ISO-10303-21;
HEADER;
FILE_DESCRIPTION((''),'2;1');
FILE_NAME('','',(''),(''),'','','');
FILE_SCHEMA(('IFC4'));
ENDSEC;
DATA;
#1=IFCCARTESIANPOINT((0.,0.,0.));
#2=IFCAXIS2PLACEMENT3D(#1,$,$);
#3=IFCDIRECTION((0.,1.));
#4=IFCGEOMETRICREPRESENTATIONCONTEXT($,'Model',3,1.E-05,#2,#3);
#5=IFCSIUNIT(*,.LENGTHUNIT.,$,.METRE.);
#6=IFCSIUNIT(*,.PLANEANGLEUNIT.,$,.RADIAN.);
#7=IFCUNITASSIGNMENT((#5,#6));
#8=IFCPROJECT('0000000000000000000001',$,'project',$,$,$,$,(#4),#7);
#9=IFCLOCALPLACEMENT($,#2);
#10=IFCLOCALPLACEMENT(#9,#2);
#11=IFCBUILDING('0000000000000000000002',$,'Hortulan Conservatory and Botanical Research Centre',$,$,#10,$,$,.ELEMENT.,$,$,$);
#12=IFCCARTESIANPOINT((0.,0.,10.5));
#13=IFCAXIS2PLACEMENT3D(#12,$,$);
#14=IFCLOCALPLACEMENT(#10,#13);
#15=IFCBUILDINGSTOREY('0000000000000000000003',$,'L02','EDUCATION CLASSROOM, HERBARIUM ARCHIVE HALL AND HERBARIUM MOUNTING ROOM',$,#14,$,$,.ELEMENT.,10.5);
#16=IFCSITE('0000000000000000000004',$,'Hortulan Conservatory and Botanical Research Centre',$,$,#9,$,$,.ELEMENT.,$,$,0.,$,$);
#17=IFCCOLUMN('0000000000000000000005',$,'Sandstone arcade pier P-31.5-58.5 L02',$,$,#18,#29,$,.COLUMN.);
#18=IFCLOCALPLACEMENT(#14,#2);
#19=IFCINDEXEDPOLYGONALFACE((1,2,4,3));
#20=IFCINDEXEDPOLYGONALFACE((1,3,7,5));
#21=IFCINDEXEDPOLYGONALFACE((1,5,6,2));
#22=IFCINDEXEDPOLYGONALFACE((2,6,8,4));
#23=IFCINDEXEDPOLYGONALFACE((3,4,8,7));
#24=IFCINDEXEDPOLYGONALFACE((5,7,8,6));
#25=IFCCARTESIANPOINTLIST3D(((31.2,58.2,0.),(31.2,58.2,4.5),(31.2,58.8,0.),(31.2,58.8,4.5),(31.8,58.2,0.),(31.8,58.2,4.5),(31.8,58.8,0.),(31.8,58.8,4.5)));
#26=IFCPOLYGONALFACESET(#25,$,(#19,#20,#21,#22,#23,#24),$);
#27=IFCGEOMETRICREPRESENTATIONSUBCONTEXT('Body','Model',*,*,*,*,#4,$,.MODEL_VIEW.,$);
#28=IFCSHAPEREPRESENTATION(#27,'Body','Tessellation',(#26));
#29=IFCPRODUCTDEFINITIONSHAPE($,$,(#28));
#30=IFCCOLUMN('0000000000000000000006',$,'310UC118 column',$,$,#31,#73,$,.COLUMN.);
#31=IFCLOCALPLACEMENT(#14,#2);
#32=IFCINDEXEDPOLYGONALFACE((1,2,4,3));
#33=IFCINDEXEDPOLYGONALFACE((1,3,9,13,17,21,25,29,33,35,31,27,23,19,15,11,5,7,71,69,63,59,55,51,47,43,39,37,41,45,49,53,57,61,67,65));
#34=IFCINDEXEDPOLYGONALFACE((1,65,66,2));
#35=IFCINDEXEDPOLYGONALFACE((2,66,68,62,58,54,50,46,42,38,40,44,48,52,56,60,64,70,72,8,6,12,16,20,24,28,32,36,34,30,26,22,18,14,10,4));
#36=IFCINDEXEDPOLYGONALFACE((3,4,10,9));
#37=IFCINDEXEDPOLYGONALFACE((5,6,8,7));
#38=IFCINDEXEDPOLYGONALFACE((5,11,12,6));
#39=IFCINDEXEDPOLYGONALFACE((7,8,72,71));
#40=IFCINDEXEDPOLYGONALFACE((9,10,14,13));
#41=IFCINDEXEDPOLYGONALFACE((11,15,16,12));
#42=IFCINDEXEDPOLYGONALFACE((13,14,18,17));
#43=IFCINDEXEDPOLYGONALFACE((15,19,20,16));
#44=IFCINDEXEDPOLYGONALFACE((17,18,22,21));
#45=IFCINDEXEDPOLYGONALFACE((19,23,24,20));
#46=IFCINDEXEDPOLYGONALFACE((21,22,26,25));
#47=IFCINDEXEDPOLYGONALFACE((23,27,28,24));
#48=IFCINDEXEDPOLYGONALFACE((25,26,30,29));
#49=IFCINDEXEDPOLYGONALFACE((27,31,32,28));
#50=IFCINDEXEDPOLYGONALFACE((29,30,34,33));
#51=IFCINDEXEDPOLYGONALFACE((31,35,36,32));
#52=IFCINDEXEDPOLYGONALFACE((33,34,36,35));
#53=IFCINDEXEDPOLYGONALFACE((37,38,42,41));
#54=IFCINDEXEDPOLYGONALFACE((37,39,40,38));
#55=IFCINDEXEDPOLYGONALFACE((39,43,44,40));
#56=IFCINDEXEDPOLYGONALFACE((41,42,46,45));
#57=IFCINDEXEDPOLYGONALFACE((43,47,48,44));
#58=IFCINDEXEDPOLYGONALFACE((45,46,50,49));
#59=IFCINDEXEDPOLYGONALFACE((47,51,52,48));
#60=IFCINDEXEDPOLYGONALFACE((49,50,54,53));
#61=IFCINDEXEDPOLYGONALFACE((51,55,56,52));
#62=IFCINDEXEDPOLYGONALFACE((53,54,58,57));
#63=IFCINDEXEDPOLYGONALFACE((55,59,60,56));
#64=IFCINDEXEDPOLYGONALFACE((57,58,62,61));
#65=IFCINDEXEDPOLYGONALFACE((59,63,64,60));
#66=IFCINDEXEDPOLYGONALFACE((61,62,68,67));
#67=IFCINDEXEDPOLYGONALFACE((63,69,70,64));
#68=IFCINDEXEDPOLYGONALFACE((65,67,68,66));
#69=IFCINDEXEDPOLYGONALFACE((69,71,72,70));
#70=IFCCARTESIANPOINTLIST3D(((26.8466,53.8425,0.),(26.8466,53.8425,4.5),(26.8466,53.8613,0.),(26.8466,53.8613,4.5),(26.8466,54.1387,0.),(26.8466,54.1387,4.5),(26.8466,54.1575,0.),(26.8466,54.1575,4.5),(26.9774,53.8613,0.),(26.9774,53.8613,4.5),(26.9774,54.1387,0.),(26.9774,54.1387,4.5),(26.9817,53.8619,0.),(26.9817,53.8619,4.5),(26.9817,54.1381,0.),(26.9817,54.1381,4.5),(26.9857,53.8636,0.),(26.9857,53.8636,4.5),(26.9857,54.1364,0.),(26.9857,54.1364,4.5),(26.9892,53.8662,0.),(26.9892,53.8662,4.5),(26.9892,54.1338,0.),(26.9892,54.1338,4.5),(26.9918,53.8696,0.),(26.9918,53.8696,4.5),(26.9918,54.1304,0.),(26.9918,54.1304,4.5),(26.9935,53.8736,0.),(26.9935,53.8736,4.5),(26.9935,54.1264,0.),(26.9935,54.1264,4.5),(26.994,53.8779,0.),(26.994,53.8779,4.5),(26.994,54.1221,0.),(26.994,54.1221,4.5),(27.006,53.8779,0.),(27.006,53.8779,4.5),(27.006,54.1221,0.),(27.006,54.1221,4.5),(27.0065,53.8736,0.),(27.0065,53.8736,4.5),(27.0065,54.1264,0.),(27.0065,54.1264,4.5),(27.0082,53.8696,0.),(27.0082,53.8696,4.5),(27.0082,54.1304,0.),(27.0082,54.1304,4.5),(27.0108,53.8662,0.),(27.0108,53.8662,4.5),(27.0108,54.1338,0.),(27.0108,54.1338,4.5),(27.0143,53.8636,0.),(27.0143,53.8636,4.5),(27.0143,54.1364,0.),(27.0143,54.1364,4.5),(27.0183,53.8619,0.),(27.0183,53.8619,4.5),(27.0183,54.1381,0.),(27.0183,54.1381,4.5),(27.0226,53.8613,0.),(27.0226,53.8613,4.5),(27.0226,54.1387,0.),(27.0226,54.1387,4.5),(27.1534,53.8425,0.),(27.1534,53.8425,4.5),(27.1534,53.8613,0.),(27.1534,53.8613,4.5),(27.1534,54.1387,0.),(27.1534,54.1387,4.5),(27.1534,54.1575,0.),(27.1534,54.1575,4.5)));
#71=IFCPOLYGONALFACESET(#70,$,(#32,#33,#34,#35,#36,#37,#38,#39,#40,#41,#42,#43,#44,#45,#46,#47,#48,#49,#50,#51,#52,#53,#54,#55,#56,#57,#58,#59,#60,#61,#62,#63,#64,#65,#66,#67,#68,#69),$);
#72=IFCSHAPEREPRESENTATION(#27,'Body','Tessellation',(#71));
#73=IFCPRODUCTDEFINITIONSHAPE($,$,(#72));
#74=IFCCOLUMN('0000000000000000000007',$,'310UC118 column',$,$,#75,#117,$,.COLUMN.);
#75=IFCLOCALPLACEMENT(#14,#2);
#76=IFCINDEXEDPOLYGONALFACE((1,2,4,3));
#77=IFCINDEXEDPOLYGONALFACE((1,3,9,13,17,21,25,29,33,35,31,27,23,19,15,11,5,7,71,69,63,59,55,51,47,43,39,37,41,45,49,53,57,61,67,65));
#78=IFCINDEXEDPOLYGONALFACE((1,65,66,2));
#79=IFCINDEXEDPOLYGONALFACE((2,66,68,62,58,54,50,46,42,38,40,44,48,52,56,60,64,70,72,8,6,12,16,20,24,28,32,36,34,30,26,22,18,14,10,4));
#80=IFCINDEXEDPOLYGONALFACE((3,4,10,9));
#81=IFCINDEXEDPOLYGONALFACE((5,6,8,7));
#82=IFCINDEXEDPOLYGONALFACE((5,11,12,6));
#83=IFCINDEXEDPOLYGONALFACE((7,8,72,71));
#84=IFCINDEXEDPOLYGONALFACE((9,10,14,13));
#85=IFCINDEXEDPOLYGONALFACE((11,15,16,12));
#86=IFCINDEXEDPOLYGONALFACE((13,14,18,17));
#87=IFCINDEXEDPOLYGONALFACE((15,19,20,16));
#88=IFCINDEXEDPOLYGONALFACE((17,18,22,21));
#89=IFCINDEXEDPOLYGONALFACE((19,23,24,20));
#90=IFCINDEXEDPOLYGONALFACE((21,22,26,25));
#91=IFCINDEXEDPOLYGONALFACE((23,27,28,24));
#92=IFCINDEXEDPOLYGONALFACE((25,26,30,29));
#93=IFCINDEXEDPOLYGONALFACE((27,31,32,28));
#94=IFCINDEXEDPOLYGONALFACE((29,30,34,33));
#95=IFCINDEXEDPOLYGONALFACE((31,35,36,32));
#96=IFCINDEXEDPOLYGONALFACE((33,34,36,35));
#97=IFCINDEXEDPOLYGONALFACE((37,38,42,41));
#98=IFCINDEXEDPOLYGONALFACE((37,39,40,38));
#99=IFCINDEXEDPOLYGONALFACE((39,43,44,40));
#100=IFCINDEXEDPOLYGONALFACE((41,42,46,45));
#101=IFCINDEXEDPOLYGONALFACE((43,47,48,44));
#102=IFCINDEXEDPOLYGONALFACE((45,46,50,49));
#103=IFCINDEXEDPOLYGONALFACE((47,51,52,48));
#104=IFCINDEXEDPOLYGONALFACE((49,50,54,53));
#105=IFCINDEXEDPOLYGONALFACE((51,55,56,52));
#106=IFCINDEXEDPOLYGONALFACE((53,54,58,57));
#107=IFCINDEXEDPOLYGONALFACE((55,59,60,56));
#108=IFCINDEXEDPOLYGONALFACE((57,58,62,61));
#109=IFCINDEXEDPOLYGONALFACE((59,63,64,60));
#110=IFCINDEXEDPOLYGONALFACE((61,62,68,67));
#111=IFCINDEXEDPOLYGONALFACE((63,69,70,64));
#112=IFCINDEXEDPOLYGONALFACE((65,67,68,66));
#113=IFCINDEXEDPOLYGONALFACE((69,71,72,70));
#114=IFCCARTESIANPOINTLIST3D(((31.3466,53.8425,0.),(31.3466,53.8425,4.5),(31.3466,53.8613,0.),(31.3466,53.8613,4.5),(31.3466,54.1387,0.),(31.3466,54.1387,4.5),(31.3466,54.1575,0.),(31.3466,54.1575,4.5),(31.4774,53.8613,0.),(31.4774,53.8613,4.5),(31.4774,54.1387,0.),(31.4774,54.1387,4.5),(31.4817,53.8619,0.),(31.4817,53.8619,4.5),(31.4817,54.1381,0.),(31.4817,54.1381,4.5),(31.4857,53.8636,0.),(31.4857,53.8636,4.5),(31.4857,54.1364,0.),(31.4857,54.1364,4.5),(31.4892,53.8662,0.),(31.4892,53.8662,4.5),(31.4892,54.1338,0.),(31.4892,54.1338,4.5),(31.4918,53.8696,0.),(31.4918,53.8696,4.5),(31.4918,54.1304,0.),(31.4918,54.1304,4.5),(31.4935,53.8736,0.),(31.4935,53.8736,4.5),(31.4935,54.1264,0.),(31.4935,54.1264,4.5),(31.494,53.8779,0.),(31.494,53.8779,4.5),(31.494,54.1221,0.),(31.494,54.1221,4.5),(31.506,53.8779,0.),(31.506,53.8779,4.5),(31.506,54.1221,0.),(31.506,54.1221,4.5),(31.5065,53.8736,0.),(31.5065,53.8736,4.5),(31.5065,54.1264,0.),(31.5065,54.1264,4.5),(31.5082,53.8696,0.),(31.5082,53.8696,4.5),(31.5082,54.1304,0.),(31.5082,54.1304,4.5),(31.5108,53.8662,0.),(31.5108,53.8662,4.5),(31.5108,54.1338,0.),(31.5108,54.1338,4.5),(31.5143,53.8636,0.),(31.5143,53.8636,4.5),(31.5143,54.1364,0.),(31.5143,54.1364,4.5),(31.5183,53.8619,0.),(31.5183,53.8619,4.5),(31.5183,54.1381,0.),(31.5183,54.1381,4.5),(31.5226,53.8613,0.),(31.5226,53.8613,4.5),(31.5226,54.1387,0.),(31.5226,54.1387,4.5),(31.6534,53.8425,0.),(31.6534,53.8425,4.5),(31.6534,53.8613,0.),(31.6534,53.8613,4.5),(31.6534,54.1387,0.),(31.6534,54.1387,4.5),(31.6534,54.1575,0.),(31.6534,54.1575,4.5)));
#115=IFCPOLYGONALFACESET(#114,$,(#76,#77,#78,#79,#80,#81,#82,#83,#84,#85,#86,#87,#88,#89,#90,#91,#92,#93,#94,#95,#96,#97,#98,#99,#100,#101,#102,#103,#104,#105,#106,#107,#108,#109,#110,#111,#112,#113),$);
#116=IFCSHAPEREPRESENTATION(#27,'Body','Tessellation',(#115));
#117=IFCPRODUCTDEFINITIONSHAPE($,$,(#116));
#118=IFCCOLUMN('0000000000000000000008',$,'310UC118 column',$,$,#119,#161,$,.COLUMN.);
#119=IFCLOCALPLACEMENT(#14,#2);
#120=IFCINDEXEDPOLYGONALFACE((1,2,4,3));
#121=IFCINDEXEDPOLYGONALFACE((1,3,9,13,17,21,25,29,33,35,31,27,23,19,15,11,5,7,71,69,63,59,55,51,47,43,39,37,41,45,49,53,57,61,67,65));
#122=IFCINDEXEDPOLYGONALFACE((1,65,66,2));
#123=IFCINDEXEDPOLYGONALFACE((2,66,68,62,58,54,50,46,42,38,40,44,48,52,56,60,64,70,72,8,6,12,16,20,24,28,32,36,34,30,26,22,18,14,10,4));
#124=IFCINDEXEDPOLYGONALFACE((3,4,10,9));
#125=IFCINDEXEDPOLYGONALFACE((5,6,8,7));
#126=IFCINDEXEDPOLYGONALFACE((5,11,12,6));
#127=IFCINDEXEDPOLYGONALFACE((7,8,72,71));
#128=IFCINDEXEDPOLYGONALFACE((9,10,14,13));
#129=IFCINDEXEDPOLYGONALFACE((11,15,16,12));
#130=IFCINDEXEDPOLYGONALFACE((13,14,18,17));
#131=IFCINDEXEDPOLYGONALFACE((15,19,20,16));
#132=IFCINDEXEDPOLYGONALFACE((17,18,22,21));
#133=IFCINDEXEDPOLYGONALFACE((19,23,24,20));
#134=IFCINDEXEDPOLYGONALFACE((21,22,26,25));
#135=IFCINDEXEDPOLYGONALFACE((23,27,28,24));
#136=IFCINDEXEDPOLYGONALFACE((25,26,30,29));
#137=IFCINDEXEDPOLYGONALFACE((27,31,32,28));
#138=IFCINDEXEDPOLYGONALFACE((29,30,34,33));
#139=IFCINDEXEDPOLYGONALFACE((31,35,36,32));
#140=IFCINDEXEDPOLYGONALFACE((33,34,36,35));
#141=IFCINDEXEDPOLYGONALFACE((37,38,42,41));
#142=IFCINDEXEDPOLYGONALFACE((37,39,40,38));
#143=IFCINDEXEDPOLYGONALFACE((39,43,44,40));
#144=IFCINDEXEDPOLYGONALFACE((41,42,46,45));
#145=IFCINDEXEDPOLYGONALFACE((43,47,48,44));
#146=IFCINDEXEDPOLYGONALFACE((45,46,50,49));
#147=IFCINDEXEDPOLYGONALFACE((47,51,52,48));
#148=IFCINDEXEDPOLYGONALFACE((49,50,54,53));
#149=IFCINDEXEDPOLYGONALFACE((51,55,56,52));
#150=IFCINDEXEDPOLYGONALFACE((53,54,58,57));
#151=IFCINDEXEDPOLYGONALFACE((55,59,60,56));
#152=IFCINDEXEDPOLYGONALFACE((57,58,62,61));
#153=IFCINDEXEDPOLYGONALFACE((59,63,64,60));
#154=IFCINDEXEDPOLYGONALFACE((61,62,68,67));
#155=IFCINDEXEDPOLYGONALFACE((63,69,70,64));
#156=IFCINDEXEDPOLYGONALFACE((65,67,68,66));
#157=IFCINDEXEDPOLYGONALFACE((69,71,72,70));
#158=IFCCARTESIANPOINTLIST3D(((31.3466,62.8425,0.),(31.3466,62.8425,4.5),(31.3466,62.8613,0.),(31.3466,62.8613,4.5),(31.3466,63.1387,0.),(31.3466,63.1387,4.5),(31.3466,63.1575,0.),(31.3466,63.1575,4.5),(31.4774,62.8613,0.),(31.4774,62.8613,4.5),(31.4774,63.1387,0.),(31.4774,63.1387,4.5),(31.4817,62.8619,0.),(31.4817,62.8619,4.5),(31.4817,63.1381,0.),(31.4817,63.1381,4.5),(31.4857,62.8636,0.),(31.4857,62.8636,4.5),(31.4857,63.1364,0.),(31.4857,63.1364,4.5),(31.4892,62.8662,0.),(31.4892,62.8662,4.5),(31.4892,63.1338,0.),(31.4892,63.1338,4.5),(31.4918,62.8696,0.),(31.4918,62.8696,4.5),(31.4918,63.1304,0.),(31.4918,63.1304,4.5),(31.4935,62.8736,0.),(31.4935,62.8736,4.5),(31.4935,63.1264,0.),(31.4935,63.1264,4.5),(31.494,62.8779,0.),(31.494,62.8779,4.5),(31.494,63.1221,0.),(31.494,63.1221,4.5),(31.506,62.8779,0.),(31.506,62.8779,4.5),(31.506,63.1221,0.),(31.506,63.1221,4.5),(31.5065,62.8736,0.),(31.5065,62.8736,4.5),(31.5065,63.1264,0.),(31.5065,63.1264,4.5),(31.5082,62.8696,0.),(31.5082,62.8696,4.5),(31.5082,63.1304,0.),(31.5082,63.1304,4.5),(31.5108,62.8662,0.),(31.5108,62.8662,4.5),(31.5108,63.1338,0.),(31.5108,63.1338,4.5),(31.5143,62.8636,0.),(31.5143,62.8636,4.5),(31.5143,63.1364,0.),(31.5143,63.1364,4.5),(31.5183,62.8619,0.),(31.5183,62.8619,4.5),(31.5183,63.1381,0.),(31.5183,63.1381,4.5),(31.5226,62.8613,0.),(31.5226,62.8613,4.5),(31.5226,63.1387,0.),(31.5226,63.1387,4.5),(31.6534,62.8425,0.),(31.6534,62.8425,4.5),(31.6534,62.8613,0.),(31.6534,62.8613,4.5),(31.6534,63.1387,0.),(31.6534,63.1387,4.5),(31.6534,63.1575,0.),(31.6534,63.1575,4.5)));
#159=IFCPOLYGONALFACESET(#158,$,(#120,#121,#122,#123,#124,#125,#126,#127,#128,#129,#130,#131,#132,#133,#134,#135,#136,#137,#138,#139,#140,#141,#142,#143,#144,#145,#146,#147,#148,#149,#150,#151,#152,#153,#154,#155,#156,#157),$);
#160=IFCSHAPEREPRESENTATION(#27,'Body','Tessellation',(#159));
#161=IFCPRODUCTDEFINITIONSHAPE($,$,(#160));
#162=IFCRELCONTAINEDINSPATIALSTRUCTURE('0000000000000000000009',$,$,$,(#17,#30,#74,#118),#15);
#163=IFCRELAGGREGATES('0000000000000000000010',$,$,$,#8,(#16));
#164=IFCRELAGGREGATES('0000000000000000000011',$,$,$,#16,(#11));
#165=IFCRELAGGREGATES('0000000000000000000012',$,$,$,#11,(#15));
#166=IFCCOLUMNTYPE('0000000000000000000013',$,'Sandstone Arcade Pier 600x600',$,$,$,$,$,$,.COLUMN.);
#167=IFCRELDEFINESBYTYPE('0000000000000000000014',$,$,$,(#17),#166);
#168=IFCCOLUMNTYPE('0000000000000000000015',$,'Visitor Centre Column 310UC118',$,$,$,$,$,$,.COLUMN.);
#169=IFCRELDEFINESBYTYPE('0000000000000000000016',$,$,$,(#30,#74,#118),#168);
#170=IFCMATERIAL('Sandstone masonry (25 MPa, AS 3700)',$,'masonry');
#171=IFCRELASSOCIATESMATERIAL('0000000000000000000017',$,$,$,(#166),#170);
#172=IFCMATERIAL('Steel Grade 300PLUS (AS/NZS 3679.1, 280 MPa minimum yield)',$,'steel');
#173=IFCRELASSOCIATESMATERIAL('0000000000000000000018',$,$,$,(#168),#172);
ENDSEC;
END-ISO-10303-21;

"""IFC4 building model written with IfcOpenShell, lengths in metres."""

from ifc_helpers import new_model, si_unit, direction, frame, origin, origin_2d, place, context, subcontext, project, spatial, rectangle, i_section, extrude, material, material_profile, profile_set, type_object, element, save


model = new_model("IFC4")

# Units and contexts
model_context = context("Model", 3, precision=1e-05, world=origin(), true_north=direction((0.0, 1.0)))
body_context = subcontext(model_context, "Body", "Model", "MODEL_VIEW")
ifc_project = project(units=[si_unit("LENGTHUNIT", "METRE"), si_unit("PLANEANGLEUNIT", "RADIAN")], contexts=[model_context])

# Site, building, storey
site_placement = place(None, origin())
site = spatial("IfcSite", under=ifc_project, at=site_placement, Name="Hortulan Conservatory and Botanical Research Centre", CompositionType="ELEMENT", RefElevation=0.0)
building_placement = place(site_placement, origin())
building = spatial("IfcBuilding", under=site, at=building_placement, Name="Hortulan Conservatory and Botanical Research Centre", CompositionType="ELEMENT")
storey_placement = place(building_placement, frame((0.0, 0.0, 10.5)))
storey = spatial("IfcBuildingStorey", under=building, at=storey_placement, Name="L02", Description="EDUCATION CLASSROOM, HERBARIUM ARCHIVE HALL AND HERBARIUM MOUNTING ROOM", CompositionType="ELEMENT", Elevation=10.5)

# Columns
ifc_material_1 = material(Name="Sandstone masonry (25 MPa, AS 3700)", Category="masonry")
ifc_material_profile_1 = material_profile(ifc_material_1, rectangle(XDim=0.6001, YDim=0.6001, at=origin_2d()), Name="Square pier 600")
ifc_profile_set_1 = profile_set([ifc_material_profile_1], Name="Sandstone masonry (25 MPa, AS 3700)")
column_type_1 = type_object("IfcColumnType", Name="Sandstone Arcade Pier 600x600", PredefinedType="COLUMN", material=ifc_profile_set_1)
column_placement = place(storey_placement, frame((31.5, 58.5, 0.0), z_axis=(0.0, 0.0, 1.0), x_axis=(1.0, 0.0, 0.0)))
element("IfcColumn", 1, at=column_placement, inside=storey, type_object=column_type_1, Name="Sandstone arcade pier P-31.5-58.5 L02", PredefinedType="COLUMN", context=body_context, shape_type="SweptSolid", body=[
    extrude(rectangle(XDim=0.6001, YDim=0.6001, at=origin_2d()), origin(), (0.0, 0.0, 1.0), 4.5),
])
ifc_material_2 = material(Name="Steel Grade 300PLUS (AS/NZS 3679.1, 280 MPa minimum yield)", Category="steel")
ifc_material_profile_2 = material_profile(ifc_material_2, i_section(OverallWidth=0.3069, OverallDepth=0.3149, WebThickness=0.012, FlangeThickness=0.0188, FilletRadius=0.0166, at=origin_2d()), Name="310UC118")
ifc_profile_set_2 = profile_set([ifc_material_profile_2], Name="Steel Grade 300PLUS (AS/NZS 3679.1, 280 MPa minimum yield)")
column_type_2 = type_object("IfcColumnType", Name="Visitor Centre Column 310UC118", PredefinedType="COLUMN", material=ifc_profile_set_2)
for number, where, z_axis, x_axis, name in (
    (2, (27.0, 54.0, 0.0), (0.0, 0.0, 1.0), (1.0, 0.0, 0.0), "310UC118 column"),
    (3, (31.5, 54.0, 0.0), (0.0, 0.0, 1.0), (1.0, 0.0, 0.0), "310UC118 column"),
    (4, (31.5, 63.0, 0.0), (0.0, 0.0, 1.0), (1.0, 0.0, 0.0), "310UC118 column"),
):
    element("IfcColumn", number, at=place(storey_placement, frame(where, z_axis=z_axis, x_axis=x_axis)), inside=storey, type_object=column_type_2, Name=name, PredefinedType="COLUMN", context=body_context, shape_type="SweptSolid", body=[
        extrude(i_section(OverallWidth=0.3069, OverallDepth=0.3149, WebThickness=0.012, FlangeThickness=0.0188, FilletRadius=0.0166, at=origin_2d()), origin(), (0.0, 0.0, 1.0), 4.5),
    ])

save(model, "model.ifc")
